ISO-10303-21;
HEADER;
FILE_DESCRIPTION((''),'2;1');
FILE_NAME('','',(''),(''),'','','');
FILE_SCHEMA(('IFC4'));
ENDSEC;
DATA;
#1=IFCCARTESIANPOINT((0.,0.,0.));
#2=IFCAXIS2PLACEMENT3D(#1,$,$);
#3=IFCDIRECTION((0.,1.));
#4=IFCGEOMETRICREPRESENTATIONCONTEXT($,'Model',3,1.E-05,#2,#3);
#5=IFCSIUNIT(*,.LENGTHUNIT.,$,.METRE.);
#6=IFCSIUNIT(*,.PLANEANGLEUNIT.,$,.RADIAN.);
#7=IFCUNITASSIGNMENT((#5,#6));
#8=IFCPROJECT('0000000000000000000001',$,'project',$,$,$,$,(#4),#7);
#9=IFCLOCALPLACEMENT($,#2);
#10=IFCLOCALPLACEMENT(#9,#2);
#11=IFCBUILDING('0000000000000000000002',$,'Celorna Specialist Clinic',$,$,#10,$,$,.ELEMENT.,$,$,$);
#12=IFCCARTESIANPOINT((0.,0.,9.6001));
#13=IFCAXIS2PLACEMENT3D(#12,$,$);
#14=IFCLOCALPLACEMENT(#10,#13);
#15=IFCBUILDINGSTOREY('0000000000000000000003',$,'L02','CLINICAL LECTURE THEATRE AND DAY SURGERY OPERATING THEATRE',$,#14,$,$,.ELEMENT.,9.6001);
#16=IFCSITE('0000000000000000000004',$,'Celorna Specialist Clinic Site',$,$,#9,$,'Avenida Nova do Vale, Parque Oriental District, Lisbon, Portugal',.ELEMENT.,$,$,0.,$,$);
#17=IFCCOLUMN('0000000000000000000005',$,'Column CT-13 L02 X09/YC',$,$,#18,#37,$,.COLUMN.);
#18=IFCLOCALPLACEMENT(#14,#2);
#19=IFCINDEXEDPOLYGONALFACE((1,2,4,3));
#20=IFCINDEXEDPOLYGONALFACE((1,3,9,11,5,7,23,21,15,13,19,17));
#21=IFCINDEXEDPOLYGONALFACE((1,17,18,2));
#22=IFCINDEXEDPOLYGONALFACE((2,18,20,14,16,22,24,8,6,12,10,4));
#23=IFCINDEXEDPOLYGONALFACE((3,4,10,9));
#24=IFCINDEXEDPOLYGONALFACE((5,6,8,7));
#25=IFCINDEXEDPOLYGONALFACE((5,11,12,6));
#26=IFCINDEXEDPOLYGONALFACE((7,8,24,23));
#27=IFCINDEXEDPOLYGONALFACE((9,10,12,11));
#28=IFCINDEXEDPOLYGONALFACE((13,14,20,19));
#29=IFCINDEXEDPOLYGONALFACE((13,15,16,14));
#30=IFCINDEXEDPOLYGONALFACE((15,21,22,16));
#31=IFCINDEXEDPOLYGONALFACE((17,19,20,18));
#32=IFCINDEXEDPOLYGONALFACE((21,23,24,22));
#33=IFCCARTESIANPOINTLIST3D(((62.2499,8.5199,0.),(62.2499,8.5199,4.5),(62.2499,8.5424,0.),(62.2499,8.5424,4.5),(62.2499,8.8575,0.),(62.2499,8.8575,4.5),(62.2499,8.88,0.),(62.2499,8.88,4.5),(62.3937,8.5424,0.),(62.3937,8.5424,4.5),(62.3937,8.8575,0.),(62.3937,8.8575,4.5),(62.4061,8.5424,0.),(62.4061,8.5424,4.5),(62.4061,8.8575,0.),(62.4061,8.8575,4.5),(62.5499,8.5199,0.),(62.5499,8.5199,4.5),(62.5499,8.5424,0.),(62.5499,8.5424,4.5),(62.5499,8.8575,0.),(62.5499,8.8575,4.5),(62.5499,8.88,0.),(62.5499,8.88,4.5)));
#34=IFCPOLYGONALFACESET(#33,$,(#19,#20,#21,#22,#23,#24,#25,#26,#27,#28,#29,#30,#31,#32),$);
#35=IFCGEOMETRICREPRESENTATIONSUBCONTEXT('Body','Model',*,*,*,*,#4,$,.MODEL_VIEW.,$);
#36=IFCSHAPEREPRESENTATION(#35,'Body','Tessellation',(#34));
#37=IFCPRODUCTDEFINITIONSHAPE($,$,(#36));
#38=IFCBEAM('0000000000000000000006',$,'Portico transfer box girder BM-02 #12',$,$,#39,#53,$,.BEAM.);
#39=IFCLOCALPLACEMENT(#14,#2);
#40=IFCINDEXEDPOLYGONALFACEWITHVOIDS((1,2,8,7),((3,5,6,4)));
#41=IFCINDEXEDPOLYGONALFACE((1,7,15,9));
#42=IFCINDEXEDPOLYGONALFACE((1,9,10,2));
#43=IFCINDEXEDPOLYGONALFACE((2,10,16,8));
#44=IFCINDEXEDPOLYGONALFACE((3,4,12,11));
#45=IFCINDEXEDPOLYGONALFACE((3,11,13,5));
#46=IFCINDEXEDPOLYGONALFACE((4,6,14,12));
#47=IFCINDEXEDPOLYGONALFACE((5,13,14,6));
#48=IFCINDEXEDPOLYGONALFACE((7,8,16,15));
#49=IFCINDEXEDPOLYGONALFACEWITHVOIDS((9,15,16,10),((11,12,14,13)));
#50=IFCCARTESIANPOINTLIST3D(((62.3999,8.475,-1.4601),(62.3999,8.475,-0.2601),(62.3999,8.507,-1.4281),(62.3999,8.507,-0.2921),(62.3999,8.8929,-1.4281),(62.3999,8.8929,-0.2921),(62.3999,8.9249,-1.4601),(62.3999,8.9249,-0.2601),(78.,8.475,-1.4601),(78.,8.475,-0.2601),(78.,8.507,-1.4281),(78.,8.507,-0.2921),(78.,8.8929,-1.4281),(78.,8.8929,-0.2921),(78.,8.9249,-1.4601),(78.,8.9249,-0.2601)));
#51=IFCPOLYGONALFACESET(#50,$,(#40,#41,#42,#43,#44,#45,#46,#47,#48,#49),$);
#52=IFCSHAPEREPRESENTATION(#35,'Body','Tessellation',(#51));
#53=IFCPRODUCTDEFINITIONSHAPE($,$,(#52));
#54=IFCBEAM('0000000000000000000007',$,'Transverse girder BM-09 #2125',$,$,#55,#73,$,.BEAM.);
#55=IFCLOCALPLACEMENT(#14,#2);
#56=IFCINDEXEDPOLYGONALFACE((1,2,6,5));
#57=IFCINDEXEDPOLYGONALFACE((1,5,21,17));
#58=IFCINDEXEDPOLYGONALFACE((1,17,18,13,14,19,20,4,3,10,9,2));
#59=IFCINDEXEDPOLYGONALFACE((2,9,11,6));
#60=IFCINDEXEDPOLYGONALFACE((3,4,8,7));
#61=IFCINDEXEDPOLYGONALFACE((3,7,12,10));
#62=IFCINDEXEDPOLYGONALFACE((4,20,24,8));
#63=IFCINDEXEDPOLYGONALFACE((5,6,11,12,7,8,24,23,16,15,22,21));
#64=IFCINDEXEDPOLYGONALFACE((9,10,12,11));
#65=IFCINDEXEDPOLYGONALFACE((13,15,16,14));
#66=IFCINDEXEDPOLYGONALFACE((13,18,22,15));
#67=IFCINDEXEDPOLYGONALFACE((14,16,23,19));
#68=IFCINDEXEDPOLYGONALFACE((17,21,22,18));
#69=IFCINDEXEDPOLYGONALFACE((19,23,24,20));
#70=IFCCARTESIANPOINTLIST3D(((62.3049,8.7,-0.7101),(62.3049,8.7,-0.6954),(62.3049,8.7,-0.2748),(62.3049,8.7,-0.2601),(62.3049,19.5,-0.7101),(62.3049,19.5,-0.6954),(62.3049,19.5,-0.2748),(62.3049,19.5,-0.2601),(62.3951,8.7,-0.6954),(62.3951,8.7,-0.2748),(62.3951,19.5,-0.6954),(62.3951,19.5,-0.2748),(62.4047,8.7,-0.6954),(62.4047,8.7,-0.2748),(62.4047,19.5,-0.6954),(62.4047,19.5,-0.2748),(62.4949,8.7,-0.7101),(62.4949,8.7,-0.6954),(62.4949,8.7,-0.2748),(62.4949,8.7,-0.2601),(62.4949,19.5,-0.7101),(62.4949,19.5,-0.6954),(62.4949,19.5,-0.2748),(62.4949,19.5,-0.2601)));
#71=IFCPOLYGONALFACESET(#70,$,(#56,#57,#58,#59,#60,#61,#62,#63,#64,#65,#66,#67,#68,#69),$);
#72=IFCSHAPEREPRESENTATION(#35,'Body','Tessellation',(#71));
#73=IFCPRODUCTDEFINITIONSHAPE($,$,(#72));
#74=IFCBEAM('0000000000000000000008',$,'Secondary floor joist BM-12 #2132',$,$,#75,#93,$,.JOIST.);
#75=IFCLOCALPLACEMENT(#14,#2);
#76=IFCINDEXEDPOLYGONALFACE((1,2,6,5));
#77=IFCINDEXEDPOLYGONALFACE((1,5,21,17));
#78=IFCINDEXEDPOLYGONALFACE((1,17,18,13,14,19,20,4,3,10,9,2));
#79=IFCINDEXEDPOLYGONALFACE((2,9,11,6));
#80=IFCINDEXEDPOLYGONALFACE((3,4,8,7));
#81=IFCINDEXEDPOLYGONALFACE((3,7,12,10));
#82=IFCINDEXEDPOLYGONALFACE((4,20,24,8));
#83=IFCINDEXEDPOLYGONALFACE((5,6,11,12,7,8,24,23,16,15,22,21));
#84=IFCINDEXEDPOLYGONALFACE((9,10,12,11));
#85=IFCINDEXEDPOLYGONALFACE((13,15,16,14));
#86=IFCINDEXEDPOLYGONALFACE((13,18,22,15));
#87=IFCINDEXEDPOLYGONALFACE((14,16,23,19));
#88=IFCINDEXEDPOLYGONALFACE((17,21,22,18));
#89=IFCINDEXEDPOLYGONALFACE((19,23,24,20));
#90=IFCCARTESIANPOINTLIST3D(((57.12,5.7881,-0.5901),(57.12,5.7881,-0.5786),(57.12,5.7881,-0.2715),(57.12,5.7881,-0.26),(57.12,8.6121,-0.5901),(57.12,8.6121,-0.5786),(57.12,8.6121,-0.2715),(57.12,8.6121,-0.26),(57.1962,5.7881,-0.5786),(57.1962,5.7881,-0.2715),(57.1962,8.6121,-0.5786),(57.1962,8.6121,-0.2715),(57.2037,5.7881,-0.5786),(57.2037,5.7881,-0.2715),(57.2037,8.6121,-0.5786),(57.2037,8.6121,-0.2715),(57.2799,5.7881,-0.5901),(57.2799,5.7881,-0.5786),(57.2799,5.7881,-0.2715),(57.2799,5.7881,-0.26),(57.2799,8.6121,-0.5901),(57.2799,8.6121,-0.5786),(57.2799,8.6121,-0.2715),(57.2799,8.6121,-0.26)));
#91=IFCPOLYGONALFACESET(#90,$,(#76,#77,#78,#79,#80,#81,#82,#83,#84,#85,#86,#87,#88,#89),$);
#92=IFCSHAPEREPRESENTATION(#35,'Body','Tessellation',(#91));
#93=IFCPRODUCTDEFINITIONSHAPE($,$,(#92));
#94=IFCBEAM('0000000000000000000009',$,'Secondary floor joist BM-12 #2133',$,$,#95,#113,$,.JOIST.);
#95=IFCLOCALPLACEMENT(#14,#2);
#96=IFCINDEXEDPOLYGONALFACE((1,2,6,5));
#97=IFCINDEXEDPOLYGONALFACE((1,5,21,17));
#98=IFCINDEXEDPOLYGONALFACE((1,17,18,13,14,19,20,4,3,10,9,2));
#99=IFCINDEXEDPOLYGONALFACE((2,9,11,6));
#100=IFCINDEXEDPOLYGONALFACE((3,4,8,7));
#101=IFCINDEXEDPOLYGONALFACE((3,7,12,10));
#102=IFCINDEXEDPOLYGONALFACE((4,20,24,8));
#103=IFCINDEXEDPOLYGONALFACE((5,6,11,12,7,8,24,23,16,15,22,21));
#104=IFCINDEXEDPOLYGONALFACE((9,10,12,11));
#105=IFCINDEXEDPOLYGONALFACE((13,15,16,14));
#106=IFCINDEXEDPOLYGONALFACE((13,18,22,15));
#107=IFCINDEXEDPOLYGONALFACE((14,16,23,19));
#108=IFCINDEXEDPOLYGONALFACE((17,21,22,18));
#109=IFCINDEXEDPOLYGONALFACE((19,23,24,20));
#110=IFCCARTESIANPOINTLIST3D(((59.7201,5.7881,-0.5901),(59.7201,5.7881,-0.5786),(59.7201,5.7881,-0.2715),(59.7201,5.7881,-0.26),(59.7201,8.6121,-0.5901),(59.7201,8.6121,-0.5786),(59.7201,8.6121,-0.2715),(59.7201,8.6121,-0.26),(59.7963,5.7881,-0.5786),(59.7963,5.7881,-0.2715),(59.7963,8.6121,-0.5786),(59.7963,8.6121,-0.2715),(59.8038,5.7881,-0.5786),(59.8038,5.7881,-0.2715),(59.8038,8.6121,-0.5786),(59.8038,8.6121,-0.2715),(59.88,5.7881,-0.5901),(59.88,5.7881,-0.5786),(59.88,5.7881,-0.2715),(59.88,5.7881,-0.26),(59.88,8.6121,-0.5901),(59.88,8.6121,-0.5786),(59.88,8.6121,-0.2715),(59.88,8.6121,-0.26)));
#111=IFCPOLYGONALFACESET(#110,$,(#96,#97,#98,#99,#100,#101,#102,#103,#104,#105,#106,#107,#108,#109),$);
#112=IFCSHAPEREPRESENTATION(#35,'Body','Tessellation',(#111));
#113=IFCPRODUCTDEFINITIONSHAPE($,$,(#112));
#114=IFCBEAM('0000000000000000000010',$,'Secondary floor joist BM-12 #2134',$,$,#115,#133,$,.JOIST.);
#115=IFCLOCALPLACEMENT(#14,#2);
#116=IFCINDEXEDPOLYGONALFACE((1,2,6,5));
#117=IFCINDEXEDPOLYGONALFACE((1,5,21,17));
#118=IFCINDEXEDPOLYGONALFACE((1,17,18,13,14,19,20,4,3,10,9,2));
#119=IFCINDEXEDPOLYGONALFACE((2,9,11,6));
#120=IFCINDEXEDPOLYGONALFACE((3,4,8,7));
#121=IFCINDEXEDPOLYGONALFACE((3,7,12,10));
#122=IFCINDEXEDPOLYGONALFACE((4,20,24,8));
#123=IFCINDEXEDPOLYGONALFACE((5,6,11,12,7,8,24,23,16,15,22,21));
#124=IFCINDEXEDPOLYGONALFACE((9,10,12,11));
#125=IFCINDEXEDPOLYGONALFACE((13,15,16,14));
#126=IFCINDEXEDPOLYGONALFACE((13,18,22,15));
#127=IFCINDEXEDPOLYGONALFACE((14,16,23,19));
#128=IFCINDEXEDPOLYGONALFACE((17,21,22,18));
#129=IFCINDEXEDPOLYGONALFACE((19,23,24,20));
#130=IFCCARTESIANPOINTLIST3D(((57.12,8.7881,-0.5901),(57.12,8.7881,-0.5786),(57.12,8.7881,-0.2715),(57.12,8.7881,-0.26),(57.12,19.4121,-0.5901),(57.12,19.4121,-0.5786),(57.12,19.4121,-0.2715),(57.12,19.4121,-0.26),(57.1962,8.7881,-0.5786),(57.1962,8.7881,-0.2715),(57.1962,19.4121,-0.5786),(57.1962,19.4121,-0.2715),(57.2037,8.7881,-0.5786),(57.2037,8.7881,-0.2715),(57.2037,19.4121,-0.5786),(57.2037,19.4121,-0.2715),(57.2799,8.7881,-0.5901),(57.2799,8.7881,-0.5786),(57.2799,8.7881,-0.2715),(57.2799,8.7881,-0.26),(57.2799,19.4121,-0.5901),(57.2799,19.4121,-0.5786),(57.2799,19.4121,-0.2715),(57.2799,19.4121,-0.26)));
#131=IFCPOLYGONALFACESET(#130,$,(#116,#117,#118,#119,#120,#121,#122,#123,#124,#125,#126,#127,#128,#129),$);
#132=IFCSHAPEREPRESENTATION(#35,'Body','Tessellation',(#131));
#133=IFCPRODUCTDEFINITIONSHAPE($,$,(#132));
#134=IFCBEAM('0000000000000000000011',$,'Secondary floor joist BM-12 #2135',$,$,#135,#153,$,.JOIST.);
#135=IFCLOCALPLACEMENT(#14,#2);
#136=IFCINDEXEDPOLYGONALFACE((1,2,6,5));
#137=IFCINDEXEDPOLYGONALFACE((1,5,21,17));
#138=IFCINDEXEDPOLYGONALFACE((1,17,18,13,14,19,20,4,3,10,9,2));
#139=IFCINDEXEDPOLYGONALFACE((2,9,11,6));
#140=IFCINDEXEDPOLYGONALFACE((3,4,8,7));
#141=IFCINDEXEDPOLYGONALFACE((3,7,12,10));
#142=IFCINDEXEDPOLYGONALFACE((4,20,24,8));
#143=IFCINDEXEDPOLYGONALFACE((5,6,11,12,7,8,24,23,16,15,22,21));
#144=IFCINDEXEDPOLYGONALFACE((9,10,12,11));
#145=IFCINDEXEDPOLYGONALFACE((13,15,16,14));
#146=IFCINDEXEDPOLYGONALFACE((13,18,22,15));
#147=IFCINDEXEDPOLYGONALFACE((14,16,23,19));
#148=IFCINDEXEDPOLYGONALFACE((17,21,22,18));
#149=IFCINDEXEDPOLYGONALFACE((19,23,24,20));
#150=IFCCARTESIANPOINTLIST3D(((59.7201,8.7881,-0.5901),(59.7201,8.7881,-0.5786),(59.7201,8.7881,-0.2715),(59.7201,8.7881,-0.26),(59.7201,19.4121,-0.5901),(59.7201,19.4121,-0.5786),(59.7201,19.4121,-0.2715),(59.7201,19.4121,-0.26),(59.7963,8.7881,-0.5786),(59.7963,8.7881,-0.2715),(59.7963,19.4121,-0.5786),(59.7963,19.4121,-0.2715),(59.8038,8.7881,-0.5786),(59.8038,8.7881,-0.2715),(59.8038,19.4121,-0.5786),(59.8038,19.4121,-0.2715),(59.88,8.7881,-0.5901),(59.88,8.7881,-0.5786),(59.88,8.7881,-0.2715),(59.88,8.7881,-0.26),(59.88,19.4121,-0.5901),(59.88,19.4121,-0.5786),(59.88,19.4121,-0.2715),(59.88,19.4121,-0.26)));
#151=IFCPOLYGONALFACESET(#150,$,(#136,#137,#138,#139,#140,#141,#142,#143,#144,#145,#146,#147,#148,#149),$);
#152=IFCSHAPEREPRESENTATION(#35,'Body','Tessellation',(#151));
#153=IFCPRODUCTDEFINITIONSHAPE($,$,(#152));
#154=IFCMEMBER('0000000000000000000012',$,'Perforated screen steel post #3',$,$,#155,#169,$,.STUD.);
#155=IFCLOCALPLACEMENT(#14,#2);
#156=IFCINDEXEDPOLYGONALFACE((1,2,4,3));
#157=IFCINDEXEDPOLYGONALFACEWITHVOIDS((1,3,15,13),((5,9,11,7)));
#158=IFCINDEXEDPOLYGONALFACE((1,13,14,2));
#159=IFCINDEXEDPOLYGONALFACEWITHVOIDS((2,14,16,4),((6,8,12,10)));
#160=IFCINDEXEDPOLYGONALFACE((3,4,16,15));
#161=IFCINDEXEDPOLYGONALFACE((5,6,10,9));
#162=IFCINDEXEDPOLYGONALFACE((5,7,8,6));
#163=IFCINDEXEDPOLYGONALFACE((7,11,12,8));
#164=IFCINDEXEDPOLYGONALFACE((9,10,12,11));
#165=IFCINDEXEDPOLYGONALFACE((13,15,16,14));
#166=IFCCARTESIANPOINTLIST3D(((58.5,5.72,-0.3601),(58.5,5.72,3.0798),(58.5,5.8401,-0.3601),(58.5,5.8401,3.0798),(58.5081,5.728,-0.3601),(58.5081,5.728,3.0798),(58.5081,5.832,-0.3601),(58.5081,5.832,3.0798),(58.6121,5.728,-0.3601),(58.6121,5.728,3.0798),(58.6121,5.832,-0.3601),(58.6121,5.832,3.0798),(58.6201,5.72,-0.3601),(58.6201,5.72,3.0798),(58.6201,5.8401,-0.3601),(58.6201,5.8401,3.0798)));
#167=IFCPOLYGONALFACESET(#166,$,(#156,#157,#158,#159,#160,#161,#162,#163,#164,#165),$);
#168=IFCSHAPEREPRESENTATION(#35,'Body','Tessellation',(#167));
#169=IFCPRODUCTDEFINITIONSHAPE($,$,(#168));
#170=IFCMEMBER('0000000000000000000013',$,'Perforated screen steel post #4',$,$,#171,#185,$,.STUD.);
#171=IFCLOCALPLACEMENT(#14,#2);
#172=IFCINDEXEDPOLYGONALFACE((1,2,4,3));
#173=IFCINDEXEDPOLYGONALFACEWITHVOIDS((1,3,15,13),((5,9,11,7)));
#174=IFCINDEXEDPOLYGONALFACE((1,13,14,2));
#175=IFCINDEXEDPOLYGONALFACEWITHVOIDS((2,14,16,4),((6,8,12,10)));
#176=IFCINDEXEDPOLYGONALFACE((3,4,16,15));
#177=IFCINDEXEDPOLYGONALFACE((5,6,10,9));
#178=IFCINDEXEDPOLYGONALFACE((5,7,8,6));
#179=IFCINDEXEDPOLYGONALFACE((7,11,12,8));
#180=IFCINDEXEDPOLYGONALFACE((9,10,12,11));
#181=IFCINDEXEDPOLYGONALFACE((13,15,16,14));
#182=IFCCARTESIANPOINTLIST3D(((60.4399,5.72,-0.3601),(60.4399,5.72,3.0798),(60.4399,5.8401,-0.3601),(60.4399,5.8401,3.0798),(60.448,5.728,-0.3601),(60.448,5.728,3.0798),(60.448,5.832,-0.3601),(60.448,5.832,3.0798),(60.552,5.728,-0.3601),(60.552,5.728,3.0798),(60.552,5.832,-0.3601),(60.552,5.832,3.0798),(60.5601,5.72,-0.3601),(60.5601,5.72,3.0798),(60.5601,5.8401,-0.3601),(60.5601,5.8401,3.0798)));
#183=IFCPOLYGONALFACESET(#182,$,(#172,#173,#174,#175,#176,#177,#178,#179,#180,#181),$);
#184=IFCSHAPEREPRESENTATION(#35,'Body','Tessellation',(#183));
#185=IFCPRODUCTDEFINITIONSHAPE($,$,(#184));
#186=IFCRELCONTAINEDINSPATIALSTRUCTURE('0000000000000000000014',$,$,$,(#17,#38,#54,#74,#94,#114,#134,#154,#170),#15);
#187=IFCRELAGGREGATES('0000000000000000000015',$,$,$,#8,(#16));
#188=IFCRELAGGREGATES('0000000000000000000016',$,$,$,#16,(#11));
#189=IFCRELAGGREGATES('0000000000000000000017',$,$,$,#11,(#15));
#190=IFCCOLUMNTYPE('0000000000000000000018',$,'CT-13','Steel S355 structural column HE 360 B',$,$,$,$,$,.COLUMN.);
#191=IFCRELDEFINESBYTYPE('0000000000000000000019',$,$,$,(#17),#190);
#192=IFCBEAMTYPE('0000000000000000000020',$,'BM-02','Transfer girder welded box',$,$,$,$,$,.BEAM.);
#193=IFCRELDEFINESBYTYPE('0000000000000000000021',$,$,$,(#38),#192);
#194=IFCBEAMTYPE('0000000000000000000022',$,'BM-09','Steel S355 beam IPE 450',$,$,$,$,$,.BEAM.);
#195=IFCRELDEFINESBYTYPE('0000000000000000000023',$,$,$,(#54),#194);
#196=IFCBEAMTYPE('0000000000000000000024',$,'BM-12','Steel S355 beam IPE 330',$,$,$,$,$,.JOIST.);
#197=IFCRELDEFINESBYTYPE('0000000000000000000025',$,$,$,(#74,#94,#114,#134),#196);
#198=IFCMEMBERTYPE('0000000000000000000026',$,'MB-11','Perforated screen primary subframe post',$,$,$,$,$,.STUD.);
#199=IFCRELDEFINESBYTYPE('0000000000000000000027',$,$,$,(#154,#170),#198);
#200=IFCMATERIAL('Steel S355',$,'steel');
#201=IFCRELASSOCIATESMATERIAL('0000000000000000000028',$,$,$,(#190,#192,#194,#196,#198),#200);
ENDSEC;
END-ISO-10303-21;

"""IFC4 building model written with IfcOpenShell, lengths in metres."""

from ifc_helpers import new_model, si_unit, direction, frame, origin, origin_2d, place, context, subcontext, project, spatial, hollow_rectangle, i_section, extrude, material, material_profile, profile_set, type_object, element, save


model = new_model("IFC4")

# Units and contexts
model_context = context("Model", 3, precision=1e-05, world=origin(), true_north=direction((0.0, 1.0)))
body_context = subcontext(model_context, "Body", "Model", "MODEL_VIEW")
ifc_project = project(units=[si_unit("LENGTHUNIT", "METRE"), si_unit("PLANEANGLEUNIT", "RADIAN")], contexts=[model_context])

# Site, building, storey
site_placement = place(None, origin())
site = spatial("IfcSite", under=ifc_project, at=site_placement, Name="Celorna Specialist Clinic Site", LongName="Avenida Nova do Vale, Parque Oriental District, Lisbon, Portugal", CompositionType="ELEMENT", RefElevation=0.0)
building_placement = place(site_placement, origin())
building = spatial("IfcBuilding", under=site, at=building_placement, Name="Celorna Specialist Clinic", CompositionType="ELEMENT")
storey_placement = place(building_placement, frame((0.0, 0.0, 9.6001)))
storey = spatial("IfcBuildingStorey", under=building, at=storey_placement, Name="L02", Description="CLINICAL LECTURE THEATRE AND DAY SURGERY OPERATING THEATRE", CompositionType="ELEMENT", Elevation=9.6001)

# Column
ifc_material_1 = material(Name="Steel S355", Category="steel")
ifc_material_profile_1 = material_profile(ifc_material_1, i_section(OverallWidth=0.3, OverallDepth=0.3601, WebThickness=0.0125, FlangeThickness=0.0225, at=origin_2d()), Name="HE 360 B")
ifc_profile_set_1 = profile_set([ifc_material_profile_1], Name="Steel S355")
column_type = type_object("IfcColumnType", Name="CT-13", Description="Steel S355 structural column HE 360 B", PredefinedType="COLUMN", material=ifc_profile_set_1)
column_placement = place(storey_placement, frame((62.3999, 8.7, 0.0), z_axis=(0.0, 0.0, 1.0), x_axis=(1.0, 0.0, 0.0)))
element("IfcColumn", 1, at=column_placement, inside=storey, type_object=column_type, Name="Column CT-13 L02 X09/YC", PredefinedType="COLUMN", context=body_context, shape_type="SweptSolid", body=[
    extrude(i_section(OverallWidth=0.3, OverallDepth=0.3601, WebThickness=0.0125, FlangeThickness=0.0225, at=origin_2d()), origin(), (0.0, 0.0, 1.0), 4.5),
])

# Beams
ifc_material_profile_2 = material_profile(ifc_material_1, hollow_rectangle(XDim=0.45, YDim=1.2, WallThickness=0.032, at=origin_2d()), Name="BOX 450x1200x32")
ifc_profile_set_2 = profile_set([ifc_material_profile_2], Name="Steel S355")
beam_type_1 = type_object("IfcBeamType", Name="BM-02", Description="Transfer girder welded box", PredefinedType="BEAM", material=ifc_profile_set_2)
beam_1_placement = place(storey_placement, frame((62.3999, 8.7, -0.8601), z_axis=(1.0, 0.0, 0.0), x_axis=(0.0, 1.0, 0.0)))
element("IfcBeam", 2, at=beam_1_placement, inside=storey, type_object=beam_type_1, Name="Portico transfer box girder BM-02 #12", PredefinedType="BEAM", context=body_context, shape_type="SweptSolid", body=[
    extrude(hollow_rectangle(XDim=0.45, YDim=1.2, WallThickness=0.032, at=origin_2d()), origin(), (0.0, 0.0, 1.0), 15.6001),
])
ifc_material_profile_3 = material_profile(ifc_material_1, i_section(OverallWidth=0.1899, OverallDepth=0.45, WebThickness=0.0095, FlangeThickness=0.0146, at=origin_2d()), Name="IPE 450")
ifc_profile_set_3 = profile_set([ifc_material_profile_3], Name="Steel S355")
beam_type_2 = type_object("IfcBeamType", Name="BM-09", Description="Steel S355 beam IPE 450", PredefinedType="BEAM", material=ifc_profile_set_3)
beam_2_placement = place(storey_placement, frame((62.3999, 8.7, -0.4851), z_axis=(0.0, 1.0, 0.0), x_axis=(-1.0, 0.0, 0.0)))
element("IfcBeam", 3, at=beam_2_placement, inside=storey, type_object=beam_type_2, Name="Transverse girder BM-09 #2125", PredefinedType="BEAM", context=body_context, shape_type="SweptSolid", body=[
    extrude(i_section(OverallWidth=0.1899, OverallDepth=0.45, WebThickness=0.0095, FlangeThickness=0.0146, at=origin_2d()), origin(), (0.0, 0.0, 1.0), 10.8),
])
ifc_material_profile_4 = material_profile(ifc_material_1, i_section(OverallWidth=0.1599, OverallDepth=0.3301, WebThickness=0.0076, FlangeThickness=0.0115, at=origin_2d()), Name="IPE 330")
ifc_profile_set_4 = profile_set([ifc_material_profile_4], Name="Steel S355")
beam_type_3 = type_object("IfcBeamType", Name="BM-12", Description="Steel S355 beam IPE 330", PredefinedType="JOIST", material=ifc_profile_set_4)
for number, where, z_axis, x_axis, name in (
    (4, (57.2, 5.7881, -0.425), (0.0, 1.0, 0.0), (-1.0, 0.0, 0.0), "Secondary floor joist BM-12 #2132"),
    (5, (59.8, 5.7881, -0.425), (0.0, 1.0, 0.0), (-1.0, 0.0, 0.0), "Secondary floor joist BM-12 #2133"),
):
    element("IfcBeam", number, at=place(storey_placement, frame(where, z_axis=z_axis, x_axis=x_axis)), inside=storey, type_object=beam_type_3, Name=name, PredefinedType="JOIST", context=body_context, shape_type="SweptSolid", body=[
        extrude(i_section(OverallWidth=0.1599, OverallDepth=0.3301, WebThickness=0.0076, FlangeThickness=0.0115, at=origin_2d()), origin(), (0.0, 0.0, 1.0), 2.824),
    ])
for number, where, z_axis, x_axis, name in (
    (6, (57.2, 8.7881, -0.425), (0.0, 1.0, 0.0), (-1.0, 0.0, 0.0), "Secondary floor joist BM-12 #2134"),
    (7, (59.8, 8.7881, -0.425), (0.0, 1.0, 0.0), (-1.0, 0.0, 0.0), "Secondary floor joist BM-12 #2135"),
):
    element("IfcBeam", number, at=place(storey_placement, frame(where, z_axis=z_axis, x_axis=x_axis)), inside=storey, type_object=beam_type_3, Name=name, PredefinedType="JOIST", context=body_context, shape_type="SweptSolid", body=[
        extrude(i_section(OverallWidth=0.1599, OverallDepth=0.3301, WebThickness=0.0076, FlangeThickness=0.0115, at=origin_2d()), origin(), (0.0, 0.0, 1.0), 10.624),
    ])

# Members
ifc_material_profile_5 = material_profile(ifc_material_1, hollow_rectangle(XDim=0.1201, YDim=0.1201, WallThickness=0.0081, at=origin_2d()), Name="SHS 120x120x8")
ifc_profile_set_5 = profile_set([ifc_material_profile_5], Name="Steel S355")
member_type_1 = type_object("IfcMemberType", Name="MB-11", Description="Perforated screen primary subframe post", PredefinedType="STUD", material=ifc_profile_set_5)
for number, where, z_axis, x_axis, name in (
    (8, (58.5601, 5.78, -0.3601), (0.0, 0.0, 1.0), (1.0, 0.0, 0.0), "Perforated screen steel post #3"),
    (9, (60.5, 5.78, -0.3601), (0.0, 0.0, 1.0), (1.0, 0.0, 0.0), "Perforated screen steel post #4"),
):
    element("IfcMember", number, at=place(storey_placement, frame(where, z_axis=z_axis, x_axis=x_axis)), inside=storey, type_object=member_type_1, Name=name, PredefinedType="STUD", context=body_context, shape_type="SweptSolid", body=[
        extrude(hollow_rectangle(XDim=0.1201, YDim=0.1201, WallThickness=0.0081, at=origin_2d()), origin(), (0.0, 0.0, 1.0), 3.4399),
    ])

save(model, "model.ifc")
